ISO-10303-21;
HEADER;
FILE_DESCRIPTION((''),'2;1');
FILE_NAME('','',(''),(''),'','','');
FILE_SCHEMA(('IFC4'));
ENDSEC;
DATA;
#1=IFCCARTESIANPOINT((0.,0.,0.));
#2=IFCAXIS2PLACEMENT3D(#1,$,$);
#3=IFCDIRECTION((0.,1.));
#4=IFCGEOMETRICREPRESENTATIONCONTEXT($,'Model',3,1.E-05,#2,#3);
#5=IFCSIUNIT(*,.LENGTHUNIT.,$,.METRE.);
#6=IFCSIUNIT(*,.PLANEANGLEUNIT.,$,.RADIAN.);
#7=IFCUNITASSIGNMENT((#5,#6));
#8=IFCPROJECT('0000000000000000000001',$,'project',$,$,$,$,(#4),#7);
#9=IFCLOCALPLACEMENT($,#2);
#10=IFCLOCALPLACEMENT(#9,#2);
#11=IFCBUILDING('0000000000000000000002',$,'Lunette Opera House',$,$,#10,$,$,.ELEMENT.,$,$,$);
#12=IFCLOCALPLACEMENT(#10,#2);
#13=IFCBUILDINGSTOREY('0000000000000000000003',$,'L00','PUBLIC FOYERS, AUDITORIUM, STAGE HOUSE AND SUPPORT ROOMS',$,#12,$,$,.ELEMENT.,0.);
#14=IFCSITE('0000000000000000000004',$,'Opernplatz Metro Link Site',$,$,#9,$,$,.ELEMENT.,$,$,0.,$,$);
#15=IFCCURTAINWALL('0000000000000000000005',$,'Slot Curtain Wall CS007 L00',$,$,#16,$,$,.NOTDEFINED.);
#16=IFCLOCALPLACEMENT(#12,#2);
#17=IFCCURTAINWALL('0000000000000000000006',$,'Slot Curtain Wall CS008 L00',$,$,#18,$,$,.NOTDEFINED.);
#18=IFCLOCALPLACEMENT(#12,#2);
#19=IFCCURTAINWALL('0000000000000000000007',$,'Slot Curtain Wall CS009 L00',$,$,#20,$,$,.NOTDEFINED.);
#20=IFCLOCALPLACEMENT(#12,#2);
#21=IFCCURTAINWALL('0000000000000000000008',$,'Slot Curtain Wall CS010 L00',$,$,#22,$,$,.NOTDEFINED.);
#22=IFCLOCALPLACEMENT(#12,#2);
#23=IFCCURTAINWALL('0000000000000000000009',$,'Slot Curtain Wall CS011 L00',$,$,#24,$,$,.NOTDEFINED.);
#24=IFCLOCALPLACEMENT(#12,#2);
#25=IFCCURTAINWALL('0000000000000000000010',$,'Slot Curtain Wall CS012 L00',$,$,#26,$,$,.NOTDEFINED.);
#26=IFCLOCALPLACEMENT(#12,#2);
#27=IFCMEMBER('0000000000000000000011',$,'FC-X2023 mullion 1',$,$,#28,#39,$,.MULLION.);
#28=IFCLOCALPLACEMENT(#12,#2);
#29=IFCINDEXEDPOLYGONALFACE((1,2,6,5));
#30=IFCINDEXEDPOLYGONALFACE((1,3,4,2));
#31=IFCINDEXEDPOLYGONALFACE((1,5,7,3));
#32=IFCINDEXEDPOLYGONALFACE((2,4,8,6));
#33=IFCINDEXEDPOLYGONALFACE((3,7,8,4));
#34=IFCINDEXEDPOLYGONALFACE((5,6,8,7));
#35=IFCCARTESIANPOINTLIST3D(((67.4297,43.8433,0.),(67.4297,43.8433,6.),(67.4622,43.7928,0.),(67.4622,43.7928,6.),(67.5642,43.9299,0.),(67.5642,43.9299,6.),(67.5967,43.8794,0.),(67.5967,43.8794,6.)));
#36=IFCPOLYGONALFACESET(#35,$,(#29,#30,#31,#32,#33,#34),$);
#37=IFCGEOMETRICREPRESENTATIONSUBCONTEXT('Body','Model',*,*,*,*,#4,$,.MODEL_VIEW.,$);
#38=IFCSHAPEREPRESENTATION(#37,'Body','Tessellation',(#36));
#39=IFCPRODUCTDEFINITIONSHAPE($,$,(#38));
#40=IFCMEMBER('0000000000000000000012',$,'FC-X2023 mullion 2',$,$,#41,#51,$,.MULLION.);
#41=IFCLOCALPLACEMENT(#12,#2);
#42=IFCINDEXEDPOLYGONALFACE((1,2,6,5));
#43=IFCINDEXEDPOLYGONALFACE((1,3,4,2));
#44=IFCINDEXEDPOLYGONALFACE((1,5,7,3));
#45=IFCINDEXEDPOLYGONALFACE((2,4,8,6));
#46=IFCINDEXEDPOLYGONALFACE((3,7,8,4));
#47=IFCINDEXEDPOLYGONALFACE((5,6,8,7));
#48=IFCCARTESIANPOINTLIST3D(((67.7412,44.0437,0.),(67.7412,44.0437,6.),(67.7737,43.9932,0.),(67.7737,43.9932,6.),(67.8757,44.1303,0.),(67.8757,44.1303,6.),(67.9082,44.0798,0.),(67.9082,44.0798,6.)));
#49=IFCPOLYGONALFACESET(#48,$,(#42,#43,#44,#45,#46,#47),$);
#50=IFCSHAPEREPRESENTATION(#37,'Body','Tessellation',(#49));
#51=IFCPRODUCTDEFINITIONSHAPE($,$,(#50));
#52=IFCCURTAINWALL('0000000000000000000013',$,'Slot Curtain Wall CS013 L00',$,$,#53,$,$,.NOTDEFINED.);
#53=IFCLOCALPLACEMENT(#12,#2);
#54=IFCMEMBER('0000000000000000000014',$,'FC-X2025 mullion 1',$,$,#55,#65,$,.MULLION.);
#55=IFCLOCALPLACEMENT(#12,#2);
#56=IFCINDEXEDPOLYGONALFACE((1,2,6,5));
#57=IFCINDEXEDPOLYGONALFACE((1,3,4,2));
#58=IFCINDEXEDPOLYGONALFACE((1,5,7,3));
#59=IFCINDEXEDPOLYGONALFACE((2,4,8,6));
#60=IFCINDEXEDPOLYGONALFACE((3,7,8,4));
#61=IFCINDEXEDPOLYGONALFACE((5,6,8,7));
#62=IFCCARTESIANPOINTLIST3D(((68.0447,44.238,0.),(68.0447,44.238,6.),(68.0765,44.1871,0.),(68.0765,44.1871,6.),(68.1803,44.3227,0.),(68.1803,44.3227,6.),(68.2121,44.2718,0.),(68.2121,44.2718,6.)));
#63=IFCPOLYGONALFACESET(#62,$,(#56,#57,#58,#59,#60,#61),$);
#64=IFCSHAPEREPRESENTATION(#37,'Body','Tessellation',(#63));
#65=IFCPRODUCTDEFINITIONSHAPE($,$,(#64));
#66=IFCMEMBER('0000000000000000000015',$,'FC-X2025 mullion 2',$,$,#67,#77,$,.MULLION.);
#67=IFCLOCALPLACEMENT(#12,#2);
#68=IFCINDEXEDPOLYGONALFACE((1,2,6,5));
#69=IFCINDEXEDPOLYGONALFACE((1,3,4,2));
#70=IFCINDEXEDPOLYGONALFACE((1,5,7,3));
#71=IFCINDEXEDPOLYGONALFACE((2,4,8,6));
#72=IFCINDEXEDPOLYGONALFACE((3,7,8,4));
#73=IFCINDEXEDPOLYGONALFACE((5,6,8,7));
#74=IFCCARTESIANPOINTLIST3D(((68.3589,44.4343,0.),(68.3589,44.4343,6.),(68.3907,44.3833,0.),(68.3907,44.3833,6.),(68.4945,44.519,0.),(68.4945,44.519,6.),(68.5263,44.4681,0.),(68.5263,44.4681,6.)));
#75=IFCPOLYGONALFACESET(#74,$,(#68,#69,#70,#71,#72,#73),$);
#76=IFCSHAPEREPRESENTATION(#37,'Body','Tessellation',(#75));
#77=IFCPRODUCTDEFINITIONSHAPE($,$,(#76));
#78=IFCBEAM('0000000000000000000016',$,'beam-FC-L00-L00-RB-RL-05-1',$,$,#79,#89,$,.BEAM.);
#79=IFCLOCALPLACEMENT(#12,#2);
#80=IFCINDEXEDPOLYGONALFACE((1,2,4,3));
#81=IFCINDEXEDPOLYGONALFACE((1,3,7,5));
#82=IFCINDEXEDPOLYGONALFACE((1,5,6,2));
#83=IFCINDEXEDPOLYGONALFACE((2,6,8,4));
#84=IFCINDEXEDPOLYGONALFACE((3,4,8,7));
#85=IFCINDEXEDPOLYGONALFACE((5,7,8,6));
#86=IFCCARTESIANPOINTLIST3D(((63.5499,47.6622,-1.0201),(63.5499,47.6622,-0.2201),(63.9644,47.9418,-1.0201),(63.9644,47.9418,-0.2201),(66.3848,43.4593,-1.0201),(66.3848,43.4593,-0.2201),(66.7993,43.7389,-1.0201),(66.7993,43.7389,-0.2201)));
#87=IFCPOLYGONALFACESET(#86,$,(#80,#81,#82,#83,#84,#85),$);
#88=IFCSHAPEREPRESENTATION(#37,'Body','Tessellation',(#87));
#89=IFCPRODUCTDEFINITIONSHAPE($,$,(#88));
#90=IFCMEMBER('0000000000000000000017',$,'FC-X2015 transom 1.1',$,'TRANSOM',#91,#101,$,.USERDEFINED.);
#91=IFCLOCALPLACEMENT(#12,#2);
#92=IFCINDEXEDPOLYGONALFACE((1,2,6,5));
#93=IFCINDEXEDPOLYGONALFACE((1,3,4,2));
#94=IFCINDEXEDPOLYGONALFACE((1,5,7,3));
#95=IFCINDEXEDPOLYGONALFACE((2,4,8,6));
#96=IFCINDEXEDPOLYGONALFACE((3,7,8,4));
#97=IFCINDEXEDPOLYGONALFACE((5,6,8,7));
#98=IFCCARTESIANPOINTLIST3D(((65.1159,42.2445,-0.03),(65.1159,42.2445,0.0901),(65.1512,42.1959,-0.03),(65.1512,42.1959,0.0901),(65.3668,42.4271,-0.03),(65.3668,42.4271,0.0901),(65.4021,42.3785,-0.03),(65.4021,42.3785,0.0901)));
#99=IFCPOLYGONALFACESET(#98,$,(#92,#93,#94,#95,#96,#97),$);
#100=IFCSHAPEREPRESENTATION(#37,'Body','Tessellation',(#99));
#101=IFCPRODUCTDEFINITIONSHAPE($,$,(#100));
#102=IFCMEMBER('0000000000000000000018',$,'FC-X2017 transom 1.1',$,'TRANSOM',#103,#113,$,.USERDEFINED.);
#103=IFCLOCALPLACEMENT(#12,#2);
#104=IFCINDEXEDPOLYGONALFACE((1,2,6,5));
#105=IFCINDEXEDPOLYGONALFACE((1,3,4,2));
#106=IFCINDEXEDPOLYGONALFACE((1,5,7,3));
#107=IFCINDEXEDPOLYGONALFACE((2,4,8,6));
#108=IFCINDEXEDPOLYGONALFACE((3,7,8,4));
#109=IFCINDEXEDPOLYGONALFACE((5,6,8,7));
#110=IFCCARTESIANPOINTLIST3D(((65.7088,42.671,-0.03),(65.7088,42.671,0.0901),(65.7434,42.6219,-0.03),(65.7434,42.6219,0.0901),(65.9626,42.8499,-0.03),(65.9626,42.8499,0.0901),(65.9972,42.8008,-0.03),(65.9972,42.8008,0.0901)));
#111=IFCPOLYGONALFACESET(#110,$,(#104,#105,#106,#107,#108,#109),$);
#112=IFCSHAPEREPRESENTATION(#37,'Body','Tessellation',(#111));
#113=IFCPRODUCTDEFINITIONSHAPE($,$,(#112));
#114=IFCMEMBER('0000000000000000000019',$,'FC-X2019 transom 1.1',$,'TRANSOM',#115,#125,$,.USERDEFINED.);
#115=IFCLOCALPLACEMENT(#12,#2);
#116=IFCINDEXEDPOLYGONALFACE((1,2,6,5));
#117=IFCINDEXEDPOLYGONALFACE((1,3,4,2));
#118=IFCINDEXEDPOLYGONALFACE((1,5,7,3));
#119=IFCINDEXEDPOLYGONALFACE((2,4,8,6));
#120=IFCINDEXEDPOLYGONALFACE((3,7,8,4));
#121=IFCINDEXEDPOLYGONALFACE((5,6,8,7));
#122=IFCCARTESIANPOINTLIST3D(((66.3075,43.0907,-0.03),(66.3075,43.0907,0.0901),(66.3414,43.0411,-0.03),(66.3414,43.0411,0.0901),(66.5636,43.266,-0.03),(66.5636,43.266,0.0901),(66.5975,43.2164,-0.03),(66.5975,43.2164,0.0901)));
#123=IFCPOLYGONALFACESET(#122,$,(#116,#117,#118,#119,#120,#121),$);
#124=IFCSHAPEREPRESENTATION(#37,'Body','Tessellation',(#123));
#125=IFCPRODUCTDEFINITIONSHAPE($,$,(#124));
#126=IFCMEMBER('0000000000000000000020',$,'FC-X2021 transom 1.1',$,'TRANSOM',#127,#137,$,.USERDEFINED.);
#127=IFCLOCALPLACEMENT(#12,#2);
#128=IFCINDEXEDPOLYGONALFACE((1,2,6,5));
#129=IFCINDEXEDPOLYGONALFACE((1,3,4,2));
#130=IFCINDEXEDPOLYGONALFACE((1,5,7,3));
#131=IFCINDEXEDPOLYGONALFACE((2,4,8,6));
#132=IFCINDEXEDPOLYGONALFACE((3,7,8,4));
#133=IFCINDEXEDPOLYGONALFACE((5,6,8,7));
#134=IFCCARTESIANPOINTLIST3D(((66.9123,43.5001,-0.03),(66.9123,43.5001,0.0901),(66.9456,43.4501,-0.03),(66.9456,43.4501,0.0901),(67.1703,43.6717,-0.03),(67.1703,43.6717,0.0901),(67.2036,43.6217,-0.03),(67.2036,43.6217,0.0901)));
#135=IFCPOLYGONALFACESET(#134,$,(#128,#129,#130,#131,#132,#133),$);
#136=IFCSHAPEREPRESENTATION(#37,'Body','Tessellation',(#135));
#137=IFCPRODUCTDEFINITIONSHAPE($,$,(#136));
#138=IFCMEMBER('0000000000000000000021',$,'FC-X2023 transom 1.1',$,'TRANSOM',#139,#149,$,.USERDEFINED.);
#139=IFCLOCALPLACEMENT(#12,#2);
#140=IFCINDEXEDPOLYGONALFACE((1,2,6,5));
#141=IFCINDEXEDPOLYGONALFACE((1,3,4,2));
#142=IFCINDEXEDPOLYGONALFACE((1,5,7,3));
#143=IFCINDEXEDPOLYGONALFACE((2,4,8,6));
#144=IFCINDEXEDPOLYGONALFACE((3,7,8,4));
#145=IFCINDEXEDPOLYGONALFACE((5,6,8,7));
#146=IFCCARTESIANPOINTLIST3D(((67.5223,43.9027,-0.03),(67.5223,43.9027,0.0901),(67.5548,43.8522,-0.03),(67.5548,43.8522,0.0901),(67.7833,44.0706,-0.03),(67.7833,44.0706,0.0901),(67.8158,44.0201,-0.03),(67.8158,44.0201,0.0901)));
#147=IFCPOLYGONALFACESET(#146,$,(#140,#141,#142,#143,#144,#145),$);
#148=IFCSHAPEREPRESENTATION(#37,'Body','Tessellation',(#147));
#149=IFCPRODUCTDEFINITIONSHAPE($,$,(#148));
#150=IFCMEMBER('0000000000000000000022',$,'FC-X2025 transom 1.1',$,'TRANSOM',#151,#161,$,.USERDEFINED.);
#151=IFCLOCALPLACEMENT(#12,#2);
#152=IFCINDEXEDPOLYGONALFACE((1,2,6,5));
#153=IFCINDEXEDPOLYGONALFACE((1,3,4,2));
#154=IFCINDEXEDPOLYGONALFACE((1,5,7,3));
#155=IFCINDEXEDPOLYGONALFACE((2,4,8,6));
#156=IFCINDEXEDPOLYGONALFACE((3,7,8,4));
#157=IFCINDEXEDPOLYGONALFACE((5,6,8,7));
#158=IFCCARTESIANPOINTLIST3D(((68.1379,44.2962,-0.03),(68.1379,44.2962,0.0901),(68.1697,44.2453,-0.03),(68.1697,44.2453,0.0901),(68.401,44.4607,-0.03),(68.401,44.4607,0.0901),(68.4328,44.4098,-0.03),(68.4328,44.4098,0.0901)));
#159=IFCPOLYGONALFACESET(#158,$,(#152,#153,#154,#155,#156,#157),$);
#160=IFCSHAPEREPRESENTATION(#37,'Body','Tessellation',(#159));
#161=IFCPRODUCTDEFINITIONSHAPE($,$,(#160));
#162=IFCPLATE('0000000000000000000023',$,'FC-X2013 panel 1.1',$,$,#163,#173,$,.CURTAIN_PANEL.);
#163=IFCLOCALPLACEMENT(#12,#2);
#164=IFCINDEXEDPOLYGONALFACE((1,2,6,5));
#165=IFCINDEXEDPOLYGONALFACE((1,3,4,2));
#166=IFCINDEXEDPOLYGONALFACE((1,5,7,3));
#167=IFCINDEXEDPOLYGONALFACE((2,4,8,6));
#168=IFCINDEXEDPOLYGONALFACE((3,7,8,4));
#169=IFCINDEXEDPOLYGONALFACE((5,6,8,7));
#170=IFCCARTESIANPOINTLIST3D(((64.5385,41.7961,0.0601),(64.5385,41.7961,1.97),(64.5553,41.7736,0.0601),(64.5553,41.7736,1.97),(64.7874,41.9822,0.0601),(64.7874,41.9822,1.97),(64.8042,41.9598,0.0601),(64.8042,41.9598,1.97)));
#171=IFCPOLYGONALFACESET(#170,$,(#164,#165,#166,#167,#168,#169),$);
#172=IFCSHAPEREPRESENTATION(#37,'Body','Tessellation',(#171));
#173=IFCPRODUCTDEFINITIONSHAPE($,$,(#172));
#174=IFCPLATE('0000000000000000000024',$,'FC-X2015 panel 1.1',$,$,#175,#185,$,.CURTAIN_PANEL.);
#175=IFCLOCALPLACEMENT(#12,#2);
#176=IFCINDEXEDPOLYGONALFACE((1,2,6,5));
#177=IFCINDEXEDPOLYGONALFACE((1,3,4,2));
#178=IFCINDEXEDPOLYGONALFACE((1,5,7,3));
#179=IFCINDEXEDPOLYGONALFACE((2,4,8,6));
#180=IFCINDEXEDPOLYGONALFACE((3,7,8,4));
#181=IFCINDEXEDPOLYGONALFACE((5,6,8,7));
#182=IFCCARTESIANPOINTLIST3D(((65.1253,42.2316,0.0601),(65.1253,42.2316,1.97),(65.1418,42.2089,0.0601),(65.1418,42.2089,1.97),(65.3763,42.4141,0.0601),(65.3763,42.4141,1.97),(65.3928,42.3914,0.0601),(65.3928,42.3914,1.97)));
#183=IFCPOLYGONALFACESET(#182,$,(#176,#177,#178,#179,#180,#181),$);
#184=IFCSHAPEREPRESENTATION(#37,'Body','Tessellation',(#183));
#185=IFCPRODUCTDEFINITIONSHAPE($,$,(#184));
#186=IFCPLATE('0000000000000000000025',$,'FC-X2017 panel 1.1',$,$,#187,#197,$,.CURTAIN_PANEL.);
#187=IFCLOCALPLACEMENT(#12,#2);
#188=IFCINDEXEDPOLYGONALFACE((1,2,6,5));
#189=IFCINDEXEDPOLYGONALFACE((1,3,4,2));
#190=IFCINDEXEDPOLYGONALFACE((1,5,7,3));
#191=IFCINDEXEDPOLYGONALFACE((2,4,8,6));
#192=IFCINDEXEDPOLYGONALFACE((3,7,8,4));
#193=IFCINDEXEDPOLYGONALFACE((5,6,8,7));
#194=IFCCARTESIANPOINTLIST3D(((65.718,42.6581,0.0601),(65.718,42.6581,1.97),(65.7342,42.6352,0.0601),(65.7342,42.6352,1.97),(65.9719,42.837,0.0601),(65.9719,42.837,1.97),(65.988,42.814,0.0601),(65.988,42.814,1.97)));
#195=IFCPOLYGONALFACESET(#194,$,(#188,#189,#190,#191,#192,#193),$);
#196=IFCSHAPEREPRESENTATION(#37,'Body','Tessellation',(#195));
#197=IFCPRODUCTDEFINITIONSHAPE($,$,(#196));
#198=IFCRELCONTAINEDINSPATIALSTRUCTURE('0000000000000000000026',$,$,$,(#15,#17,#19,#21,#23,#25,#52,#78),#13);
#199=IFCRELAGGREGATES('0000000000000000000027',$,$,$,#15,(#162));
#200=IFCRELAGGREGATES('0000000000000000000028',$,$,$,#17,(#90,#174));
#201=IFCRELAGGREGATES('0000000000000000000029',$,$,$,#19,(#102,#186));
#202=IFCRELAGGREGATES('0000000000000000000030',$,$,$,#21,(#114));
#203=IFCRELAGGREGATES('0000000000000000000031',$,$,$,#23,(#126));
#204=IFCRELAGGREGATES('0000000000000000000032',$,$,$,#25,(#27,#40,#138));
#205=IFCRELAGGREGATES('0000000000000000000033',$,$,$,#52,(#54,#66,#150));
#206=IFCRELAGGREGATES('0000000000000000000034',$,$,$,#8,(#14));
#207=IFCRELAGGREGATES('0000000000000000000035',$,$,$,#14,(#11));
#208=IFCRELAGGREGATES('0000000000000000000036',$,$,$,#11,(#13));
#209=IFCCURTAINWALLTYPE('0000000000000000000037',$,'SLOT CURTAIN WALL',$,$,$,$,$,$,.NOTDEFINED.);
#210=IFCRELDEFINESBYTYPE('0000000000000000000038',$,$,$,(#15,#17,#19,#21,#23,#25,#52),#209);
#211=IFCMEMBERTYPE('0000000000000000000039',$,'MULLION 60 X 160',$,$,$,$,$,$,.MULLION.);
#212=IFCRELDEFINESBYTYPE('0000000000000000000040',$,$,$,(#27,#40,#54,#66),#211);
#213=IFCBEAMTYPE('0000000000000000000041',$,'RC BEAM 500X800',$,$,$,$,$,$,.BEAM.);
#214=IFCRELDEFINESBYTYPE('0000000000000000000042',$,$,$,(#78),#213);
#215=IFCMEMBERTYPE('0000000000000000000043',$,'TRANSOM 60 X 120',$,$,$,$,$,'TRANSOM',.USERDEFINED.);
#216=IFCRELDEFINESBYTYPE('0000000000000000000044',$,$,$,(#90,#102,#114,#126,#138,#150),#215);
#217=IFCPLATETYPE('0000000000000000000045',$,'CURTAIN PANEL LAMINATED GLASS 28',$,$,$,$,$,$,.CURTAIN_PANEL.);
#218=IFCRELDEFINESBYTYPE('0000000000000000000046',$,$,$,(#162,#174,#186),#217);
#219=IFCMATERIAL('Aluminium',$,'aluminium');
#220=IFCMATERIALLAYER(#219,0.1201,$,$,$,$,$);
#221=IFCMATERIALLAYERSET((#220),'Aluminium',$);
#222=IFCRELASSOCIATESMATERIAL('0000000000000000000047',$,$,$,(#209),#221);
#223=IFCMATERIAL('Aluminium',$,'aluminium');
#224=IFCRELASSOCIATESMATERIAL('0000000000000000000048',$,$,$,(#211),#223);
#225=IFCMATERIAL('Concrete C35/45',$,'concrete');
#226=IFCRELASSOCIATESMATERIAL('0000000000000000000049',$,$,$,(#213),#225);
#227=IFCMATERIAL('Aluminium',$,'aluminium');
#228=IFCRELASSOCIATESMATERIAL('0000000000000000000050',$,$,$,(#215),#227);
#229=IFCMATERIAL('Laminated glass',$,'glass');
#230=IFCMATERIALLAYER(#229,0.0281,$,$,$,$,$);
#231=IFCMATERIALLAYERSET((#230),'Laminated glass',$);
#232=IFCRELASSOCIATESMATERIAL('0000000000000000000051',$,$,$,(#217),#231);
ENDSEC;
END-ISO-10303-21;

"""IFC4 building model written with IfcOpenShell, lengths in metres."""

from ifc_helpers import new_model, si_unit, direction, frame, origin, origin_2d, place, context, subcontext, project, spatial, rectangle, extrude, material, layer, layer_set, material_profile, profile_set, type_object, element, aggregate, save


model = new_model("IFC4")

# Units and contexts
model_context = context("Model", 3, precision=1e-05, world=origin(), true_north=direction((0.0, 1.0)))
body_context = subcontext(model_context, "Body", "Model", "MODEL_VIEW")
ifc_project = project(units=[si_unit("LENGTHUNIT", "METRE"), si_unit("PLANEANGLEUNIT", "RADIAN")], contexts=[model_context])

# Site, building, storey
site_placement = place(None, origin())
site = spatial("IfcSite", under=ifc_project, at=site_placement, Name="Opernplatz Metro Link Site", CompositionType="ELEMENT", RefElevation=0.0)
building_placement = place(site_placement, origin())
building = spatial("IfcBuilding", under=site, at=building_placement, Name="Lunette Opera House", CompositionType="ELEMENT")
storey_placement = place(building_placement, origin())
storey = spatial("IfcBuildingStorey", under=building, at=storey_placement, Name="L00", Description="PUBLIC FOYERS, AUDITORIUM, STAGE HOUSE AND SUPPORT ROOMS", CompositionType="ELEMENT", Elevation=0.0)

# Curtain wall
ifc_material_1 = material(Name="Aluminium", Category="aluminium")
ifc_layer_1 = layer(ifc_material_1, 0.1201)
ifc_layer_set_1 = layer_set([ifc_layer_1], Name="Aluminium")
curtain_wall_type = type_object("IfcCurtainWallType", Name="SLOT CURTAIN WALL", PredefinedType="NOTDEFINED", material=ifc_layer_set_1)
curtain_wall_1_placement = place(storey_placement, origin())
curtain_wall_1 = element("IfcCurtainWall", 1, at=curtain_wall_1_placement, inside=storey, type_object=curtain_wall_type, Name="Slot Curtain Wall CS007 L00", PredefinedType="NOTDEFINED")
ifc_material_2 = material(Name="Aluminium", Category="aluminium")
ifc_material_profile_1 = material_profile(ifc_material_2, rectangle(XDim=0.0601, YDim=0.1599, at=origin_2d()), Name="MULLION 60 X 160")
ifc_profile_set_1 = profile_set([ifc_material_profile_1], Name="Aluminium")
member_type_1 = type_object("IfcMemberType", Name="MULLION 60 X 160", PredefinedType="MULLION", material=ifc_profile_set_1)

# Curtain walls, members
curtain_wall_2_placement = place(storey_placement, origin())
curtain_wall_2 = element("IfcCurtainWall", 2, at=curtain_wall_2_placement, inside=storey, type_object=curtain_wall_type, Name="Slot Curtain Wall CS008 L00", PredefinedType="NOTDEFINED")
curtain_wall_3_placement = place(storey_placement, origin())
curtain_wall_3 = element("IfcCurtainWall", 3, at=curtain_wall_3_placement, inside=storey, type_object=curtain_wall_type, Name="Slot Curtain Wall CS009 L00", PredefinedType="NOTDEFINED")
curtain_wall_4_placement = place(storey_placement, origin())
curtain_wall_4 = element("IfcCurtainWall", 4, at=curtain_wall_4_placement, inside=storey, type_object=curtain_wall_type, Name="Slot Curtain Wall CS010 L00", PredefinedType="NOTDEFINED")
curtain_wall_5_placement = place(storey_placement, origin())
curtain_wall_5 = element("IfcCurtainWall", 5, at=curtain_wall_5_placement, inside=storey, type_object=curtain_wall_type, Name="Slot Curtain Wall CS011 L00", PredefinedType="NOTDEFINED")
curtain_wall_6_placement = place(storey_placement, origin())
curtain_wall_6 = element("IfcCurtainWall", 6, at=curtain_wall_6_placement, inside=storey, type_object=curtain_wall_type, Name="Slot Curtain Wall CS012 L00", PredefinedType="NOTDEFINED")
member_1_placement = place(storey_placement, frame((67.5132, 43.8613, 0.0), z_axis=(0.0, 0.0, 1.0), x_axis=(-0.541227, 0.840876, 0.0)))
member_1 = element("IfcMember", 7, at=member_1_placement, type_object=member_type_1, Name="FC-X2023 mullion 1", PredefinedType="MULLION", context=body_context, shape_type="SweptSolid", body=[
    extrude(rectangle(XDim=0.0601, YDim=0.1599, at=origin_2d()), origin(), (0.0, 0.0, 1.0), 6.0),
])
member_2_placement = place(storey_placement, frame((67.8247, 44.0618, 0.0), z_axis=(0.0, 0.0, 1.0), x_axis=(-0.541227, 0.840876, 0.0)))
member_2 = element("IfcMember", 8, at=member_2_placement, type_object=member_type_1, Name="FC-X2023 mullion 2", PredefinedType="MULLION", context=body_context, shape_type="SweptSolid", body=[
    extrude(rectangle(XDim=0.0601, YDim=0.1599, at=origin_2d()), origin(), (0.0, 0.0, 1.0), 6.0),
])
curtain_wall_7_placement = place(storey_placement, origin())
curtain_wall_7 = element("IfcCurtainWall", 9, at=curtain_wall_7_placement, inside=storey, type_object=curtain_wall_type, Name="Slot Curtain Wall CS013 L00", PredefinedType="NOTDEFINED")
member_3_placement = place(storey_placement, frame((68.1284, 44.2549, 0.0), z_axis=(0.0, 0.0, 1.0), x_axis=(-0.52979, 0.848129, 0.0)))
member_3 = element("IfcMember", 10, at=member_3_placement, type_object=member_type_1, Name="FC-X2025 mullion 1", PredefinedType="MULLION", context=body_context, shape_type="SweptSolid", body=[
    extrude(rectangle(XDim=0.0601, YDim=0.1599, at=origin_2d()), origin(), (0.0, 0.0, 1.0), 6.0),
])
member_4_placement = place(storey_placement, frame((68.4426, 44.4512, 0.0), z_axis=(0.0, 0.0, 1.0), x_axis=(-0.52979, 0.848129, 0.0)))
member_4 = element("IfcMember", 11, at=member_4_placement, type_object=member_type_1, Name="FC-X2025 mullion 2", PredefinedType="MULLION", context=body_context, shape_type="SweptSolid", body=[
    extrude(rectangle(XDim=0.0601, YDim=0.1599, at=origin_2d()), origin(), (0.0, 0.0, 1.0), 6.0),
])

# Beam
ifc_material_3 = material(Name="Concrete C35/45", Category="concrete")
ifc_material_profile_2 = material_profile(ifc_material_3, rectangle(XDim=0.5, YDim=0.8, at=origin_2d()), Name="RC BEAM 500X800")
ifc_profile_set_2 = profile_set([ifc_material_profile_2], Name="Concrete C35/45")
beam_type = type_object("IfcBeamType", Name="RC BEAM 500X800", PredefinedType="BEAM", material=ifc_profile_set_2)
beam_placement = place(storey_placement, frame((66.592, 43.5991, -0.6201), z_axis=(-0.559204, 0.82903, 0.0), x_axis=(-0.82903, -0.559204, 0.0)))
element("IfcBeam", 12, at=beam_placement, inside=storey, type_object=beam_type, Name="beam-FC-L00-L00-RB-RL-05-1", PredefinedType="BEAM", context=body_context, shape_type="SweptSolid", body=[
    extrude(rectangle(XDim=0.5, YDim=0.8, at=origin_2d()), origin(), (0.0, 0.0, 1.0), 5.0696),
])

# Members
ifc_material_4 = material(Name="Aluminium", Category="aluminium")
ifc_material_profile_3 = material_profile(ifc_material_4, rectangle(XDim=0.0601, YDim=0.1201, at=origin_2d()), Name="TRANSOM 60 X 120")
ifc_profile_set_3 = profile_set([ifc_material_profile_3], Name="Aluminium")
member_type_2 = type_object("IfcMemberType", Name="TRANSOM 60 X 120", ElementType="TRANSOM", PredefinedType="USERDEFINED", material=ifc_profile_set_3)
member_5_placement = place(storey_placement, frame((65.1335, 42.2202, 0.03), z_axis=(0.8086, 0.588359, 0.0), x_axis=(-0.588359, 0.8086, 0.0)))
member_5 = element("IfcMember", 13, at=member_5_placement, type_object=member_type_2, Name="FC-X2015 transom 1.1", ObjectType="TRANSOM", PredefinedType="USERDEFINED", context=body_context, shape_type="SweptSolid", body=[
    extrude(rectangle(XDim=0.0601, YDim=0.1201, at=origin_2d()), origin(), (0.0, 0.0, 1.0), 0.3103),
])
member_6_placement = place(storey_placement, frame((65.7261, 42.6465, 0.03), z_axis=(0.817381, 0.576097, 0.0), x_axis=(-0.576097, 0.817381, 0.0)))
member_6 = element("IfcMember", 14, at=member_6_placement, type_object=member_type_2, Name="FC-X2017 transom 1.1", ObjectType="TRANSOM", PredefinedType="USERDEFINED", context=body_context, shape_type="SweptSolid", body=[
    extrude(rectangle(XDim=0.0601, YDim=0.1201, at=origin_2d()), origin(), (0.0, 0.0, 1.0), 0.3105),
])
member_7_placement = place(storey_placement, frame((66.3245, 43.0659, 0.03), z_axis=(0.825211, 0.564825, 0.0), x_axis=(-0.564825, 0.825211, 0.0)))
member_7 = element("IfcMember", 15, at=member_7_placement, type_object=member_type_2, Name="FC-X2019 transom 1.1", ObjectType="TRANSOM", PredefinedType="USERDEFINED", context=body_context, shape_type="SweptSolid", body=[
    extrude(rectangle(XDim=0.0601, YDim=0.1201, at=origin_2d()), origin(), (0.0, 0.0, 1.0), 0.3103),
])
member_8_placement = place(storey_placement, frame((66.929, 43.4751, 0.03), z_axis=(0.832656, 0.553791, 0.0), x_axis=(-0.553791, 0.832656, 0.0)))
member_8 = element("IfcMember", 16, at=member_8_placement, type_object=member_type_2, Name="FC-X2021 transom 1.1", ObjectType="TRANSOM", PredefinedType="USERDEFINED", context=body_context, shape_type="SweptSolid", body=[
    extrude(rectangle(XDim=0.0601, YDim=0.1201, at=origin_2d()), origin(), (0.0, 0.0, 1.0), 0.3098),
])
member_9_placement = place(storey_placement, frame((67.5386, 43.8774, 0.03), z_axis=(0.840897, 0.541195, 0.0), x_axis=(-0.541195, 0.840897, 0.0)))
member_9 = element("IfcMember", 17, at=member_9_placement, type_object=member_type_2, Name="FC-X2023 transom 1.1", ObjectType="TRANSOM", PredefinedType="USERDEFINED", context=body_context, shape_type="SweptSolid", body=[
    extrude(rectangle(XDim=0.0601, YDim=0.1201, at=origin_2d()), origin(), (0.0, 0.0, 1.0), 0.3103),
])
member_10_placement = place(storey_placement, frame((68.1538, 44.2708, 0.03), z_axis=(0.84791, 0.53014, 0.0), x_axis=(-0.53014, 0.84791, 0.0)))
member_10 = element("IfcMember", 18, at=member_10_placement, type_object=member_type_2, Name="FC-X2025 transom 1.1", ObjectType="TRANSOM", PredefinedType="USERDEFINED", context=body_context, shape_type="SweptSolid", body=[
    extrude(rectangle(XDim=0.0601, YDim=0.1201, at=origin_2d()), origin(), (0.0, 0.0, 1.0), 0.3103),
])

# Plates
ifc_material_5 = material(Name="Laminated glass", Category="glass")
ifc_layer_2 = layer(ifc_material_5, 0.0281)
ifc_layer_set_2 = layer_set([ifc_layer_2], Name="Laminated glass")
plate_type = type_object("IfcPlateType", Name="CURTAIN PANEL LAMINATED GLASS 28", PredefinedType="CURTAIN_PANEL", material=ifc_layer_set_2)
plate_1_placement = place(storey_placement, frame((64.6714, 41.8779, 0.0601), z_axis=(0.0, 0.0, 1.0), x_axis=(0.800835, 0.598885, 0.0)))
plate_1 = element("IfcPlate", 19, at=plate_1_placement, type_object=plate_type, Name="FC-X2013 panel 1.1", PredefinedType="CURTAIN_PANEL", context=body_context, shape_type="SweptSolid", body=[
    extrude(rectangle(XDim=0.3108, YDim=0.0281, at=origin_2d()), origin(), (0.0, 0.0, 1.0), 1.9099),
])
aggregate(curtain_wall_1, [plate_1])
plate_2_placement = place(storey_placement, frame((65.259, 42.3115, 0.0601), z_axis=(0.0, 0.0, 1.0), x_axis=(0.808837, 0.588033, 0.0)))
plate_2 = element("IfcPlate", 20, at=plate_2_placement, type_object=plate_type, Name="FC-X2015 panel 1.1", PredefinedType="CURTAIN_PANEL", context=body_context, shape_type="SweptSolid", body=[
    extrude(rectangle(XDim=0.3103, YDim=0.0281, at=origin_2d()), origin(), (0.0, 0.0, 1.0), 1.9099),
])
aggregate(curtain_wall_2, [member_5, plate_2])
plate_3_placement = place(storey_placement, frame((65.853, 42.7361, 0.0601), z_axis=(0.0, 0.0, 1.0), x_axis=(0.817482, 0.575954, 0.0)))
plate_3 = element("IfcPlate", 21, at=plate_3_placement, type_object=plate_type, Name="FC-X2017 panel 1.1", PredefinedType="CURTAIN_PANEL", context=body_context, shape_type="SweptSolid", body=[
    extrude(rectangle(XDim=0.3105, YDim=0.0281, at=origin_2d()), origin(), (0.0, 0.0, 1.0), 1.9099),
])
aggregate(curtain_wall_3, [member_6, plate_3])
aggregate(curtain_wall_4, [member_7])
aggregate(curtain_wall_5, [member_8])
aggregate(curtain_wall_6, [member_1, member_2, member_9])
aggregate(curtain_wall_7, [member_3, member_4, member_10])

save(model, "model.ifc")
